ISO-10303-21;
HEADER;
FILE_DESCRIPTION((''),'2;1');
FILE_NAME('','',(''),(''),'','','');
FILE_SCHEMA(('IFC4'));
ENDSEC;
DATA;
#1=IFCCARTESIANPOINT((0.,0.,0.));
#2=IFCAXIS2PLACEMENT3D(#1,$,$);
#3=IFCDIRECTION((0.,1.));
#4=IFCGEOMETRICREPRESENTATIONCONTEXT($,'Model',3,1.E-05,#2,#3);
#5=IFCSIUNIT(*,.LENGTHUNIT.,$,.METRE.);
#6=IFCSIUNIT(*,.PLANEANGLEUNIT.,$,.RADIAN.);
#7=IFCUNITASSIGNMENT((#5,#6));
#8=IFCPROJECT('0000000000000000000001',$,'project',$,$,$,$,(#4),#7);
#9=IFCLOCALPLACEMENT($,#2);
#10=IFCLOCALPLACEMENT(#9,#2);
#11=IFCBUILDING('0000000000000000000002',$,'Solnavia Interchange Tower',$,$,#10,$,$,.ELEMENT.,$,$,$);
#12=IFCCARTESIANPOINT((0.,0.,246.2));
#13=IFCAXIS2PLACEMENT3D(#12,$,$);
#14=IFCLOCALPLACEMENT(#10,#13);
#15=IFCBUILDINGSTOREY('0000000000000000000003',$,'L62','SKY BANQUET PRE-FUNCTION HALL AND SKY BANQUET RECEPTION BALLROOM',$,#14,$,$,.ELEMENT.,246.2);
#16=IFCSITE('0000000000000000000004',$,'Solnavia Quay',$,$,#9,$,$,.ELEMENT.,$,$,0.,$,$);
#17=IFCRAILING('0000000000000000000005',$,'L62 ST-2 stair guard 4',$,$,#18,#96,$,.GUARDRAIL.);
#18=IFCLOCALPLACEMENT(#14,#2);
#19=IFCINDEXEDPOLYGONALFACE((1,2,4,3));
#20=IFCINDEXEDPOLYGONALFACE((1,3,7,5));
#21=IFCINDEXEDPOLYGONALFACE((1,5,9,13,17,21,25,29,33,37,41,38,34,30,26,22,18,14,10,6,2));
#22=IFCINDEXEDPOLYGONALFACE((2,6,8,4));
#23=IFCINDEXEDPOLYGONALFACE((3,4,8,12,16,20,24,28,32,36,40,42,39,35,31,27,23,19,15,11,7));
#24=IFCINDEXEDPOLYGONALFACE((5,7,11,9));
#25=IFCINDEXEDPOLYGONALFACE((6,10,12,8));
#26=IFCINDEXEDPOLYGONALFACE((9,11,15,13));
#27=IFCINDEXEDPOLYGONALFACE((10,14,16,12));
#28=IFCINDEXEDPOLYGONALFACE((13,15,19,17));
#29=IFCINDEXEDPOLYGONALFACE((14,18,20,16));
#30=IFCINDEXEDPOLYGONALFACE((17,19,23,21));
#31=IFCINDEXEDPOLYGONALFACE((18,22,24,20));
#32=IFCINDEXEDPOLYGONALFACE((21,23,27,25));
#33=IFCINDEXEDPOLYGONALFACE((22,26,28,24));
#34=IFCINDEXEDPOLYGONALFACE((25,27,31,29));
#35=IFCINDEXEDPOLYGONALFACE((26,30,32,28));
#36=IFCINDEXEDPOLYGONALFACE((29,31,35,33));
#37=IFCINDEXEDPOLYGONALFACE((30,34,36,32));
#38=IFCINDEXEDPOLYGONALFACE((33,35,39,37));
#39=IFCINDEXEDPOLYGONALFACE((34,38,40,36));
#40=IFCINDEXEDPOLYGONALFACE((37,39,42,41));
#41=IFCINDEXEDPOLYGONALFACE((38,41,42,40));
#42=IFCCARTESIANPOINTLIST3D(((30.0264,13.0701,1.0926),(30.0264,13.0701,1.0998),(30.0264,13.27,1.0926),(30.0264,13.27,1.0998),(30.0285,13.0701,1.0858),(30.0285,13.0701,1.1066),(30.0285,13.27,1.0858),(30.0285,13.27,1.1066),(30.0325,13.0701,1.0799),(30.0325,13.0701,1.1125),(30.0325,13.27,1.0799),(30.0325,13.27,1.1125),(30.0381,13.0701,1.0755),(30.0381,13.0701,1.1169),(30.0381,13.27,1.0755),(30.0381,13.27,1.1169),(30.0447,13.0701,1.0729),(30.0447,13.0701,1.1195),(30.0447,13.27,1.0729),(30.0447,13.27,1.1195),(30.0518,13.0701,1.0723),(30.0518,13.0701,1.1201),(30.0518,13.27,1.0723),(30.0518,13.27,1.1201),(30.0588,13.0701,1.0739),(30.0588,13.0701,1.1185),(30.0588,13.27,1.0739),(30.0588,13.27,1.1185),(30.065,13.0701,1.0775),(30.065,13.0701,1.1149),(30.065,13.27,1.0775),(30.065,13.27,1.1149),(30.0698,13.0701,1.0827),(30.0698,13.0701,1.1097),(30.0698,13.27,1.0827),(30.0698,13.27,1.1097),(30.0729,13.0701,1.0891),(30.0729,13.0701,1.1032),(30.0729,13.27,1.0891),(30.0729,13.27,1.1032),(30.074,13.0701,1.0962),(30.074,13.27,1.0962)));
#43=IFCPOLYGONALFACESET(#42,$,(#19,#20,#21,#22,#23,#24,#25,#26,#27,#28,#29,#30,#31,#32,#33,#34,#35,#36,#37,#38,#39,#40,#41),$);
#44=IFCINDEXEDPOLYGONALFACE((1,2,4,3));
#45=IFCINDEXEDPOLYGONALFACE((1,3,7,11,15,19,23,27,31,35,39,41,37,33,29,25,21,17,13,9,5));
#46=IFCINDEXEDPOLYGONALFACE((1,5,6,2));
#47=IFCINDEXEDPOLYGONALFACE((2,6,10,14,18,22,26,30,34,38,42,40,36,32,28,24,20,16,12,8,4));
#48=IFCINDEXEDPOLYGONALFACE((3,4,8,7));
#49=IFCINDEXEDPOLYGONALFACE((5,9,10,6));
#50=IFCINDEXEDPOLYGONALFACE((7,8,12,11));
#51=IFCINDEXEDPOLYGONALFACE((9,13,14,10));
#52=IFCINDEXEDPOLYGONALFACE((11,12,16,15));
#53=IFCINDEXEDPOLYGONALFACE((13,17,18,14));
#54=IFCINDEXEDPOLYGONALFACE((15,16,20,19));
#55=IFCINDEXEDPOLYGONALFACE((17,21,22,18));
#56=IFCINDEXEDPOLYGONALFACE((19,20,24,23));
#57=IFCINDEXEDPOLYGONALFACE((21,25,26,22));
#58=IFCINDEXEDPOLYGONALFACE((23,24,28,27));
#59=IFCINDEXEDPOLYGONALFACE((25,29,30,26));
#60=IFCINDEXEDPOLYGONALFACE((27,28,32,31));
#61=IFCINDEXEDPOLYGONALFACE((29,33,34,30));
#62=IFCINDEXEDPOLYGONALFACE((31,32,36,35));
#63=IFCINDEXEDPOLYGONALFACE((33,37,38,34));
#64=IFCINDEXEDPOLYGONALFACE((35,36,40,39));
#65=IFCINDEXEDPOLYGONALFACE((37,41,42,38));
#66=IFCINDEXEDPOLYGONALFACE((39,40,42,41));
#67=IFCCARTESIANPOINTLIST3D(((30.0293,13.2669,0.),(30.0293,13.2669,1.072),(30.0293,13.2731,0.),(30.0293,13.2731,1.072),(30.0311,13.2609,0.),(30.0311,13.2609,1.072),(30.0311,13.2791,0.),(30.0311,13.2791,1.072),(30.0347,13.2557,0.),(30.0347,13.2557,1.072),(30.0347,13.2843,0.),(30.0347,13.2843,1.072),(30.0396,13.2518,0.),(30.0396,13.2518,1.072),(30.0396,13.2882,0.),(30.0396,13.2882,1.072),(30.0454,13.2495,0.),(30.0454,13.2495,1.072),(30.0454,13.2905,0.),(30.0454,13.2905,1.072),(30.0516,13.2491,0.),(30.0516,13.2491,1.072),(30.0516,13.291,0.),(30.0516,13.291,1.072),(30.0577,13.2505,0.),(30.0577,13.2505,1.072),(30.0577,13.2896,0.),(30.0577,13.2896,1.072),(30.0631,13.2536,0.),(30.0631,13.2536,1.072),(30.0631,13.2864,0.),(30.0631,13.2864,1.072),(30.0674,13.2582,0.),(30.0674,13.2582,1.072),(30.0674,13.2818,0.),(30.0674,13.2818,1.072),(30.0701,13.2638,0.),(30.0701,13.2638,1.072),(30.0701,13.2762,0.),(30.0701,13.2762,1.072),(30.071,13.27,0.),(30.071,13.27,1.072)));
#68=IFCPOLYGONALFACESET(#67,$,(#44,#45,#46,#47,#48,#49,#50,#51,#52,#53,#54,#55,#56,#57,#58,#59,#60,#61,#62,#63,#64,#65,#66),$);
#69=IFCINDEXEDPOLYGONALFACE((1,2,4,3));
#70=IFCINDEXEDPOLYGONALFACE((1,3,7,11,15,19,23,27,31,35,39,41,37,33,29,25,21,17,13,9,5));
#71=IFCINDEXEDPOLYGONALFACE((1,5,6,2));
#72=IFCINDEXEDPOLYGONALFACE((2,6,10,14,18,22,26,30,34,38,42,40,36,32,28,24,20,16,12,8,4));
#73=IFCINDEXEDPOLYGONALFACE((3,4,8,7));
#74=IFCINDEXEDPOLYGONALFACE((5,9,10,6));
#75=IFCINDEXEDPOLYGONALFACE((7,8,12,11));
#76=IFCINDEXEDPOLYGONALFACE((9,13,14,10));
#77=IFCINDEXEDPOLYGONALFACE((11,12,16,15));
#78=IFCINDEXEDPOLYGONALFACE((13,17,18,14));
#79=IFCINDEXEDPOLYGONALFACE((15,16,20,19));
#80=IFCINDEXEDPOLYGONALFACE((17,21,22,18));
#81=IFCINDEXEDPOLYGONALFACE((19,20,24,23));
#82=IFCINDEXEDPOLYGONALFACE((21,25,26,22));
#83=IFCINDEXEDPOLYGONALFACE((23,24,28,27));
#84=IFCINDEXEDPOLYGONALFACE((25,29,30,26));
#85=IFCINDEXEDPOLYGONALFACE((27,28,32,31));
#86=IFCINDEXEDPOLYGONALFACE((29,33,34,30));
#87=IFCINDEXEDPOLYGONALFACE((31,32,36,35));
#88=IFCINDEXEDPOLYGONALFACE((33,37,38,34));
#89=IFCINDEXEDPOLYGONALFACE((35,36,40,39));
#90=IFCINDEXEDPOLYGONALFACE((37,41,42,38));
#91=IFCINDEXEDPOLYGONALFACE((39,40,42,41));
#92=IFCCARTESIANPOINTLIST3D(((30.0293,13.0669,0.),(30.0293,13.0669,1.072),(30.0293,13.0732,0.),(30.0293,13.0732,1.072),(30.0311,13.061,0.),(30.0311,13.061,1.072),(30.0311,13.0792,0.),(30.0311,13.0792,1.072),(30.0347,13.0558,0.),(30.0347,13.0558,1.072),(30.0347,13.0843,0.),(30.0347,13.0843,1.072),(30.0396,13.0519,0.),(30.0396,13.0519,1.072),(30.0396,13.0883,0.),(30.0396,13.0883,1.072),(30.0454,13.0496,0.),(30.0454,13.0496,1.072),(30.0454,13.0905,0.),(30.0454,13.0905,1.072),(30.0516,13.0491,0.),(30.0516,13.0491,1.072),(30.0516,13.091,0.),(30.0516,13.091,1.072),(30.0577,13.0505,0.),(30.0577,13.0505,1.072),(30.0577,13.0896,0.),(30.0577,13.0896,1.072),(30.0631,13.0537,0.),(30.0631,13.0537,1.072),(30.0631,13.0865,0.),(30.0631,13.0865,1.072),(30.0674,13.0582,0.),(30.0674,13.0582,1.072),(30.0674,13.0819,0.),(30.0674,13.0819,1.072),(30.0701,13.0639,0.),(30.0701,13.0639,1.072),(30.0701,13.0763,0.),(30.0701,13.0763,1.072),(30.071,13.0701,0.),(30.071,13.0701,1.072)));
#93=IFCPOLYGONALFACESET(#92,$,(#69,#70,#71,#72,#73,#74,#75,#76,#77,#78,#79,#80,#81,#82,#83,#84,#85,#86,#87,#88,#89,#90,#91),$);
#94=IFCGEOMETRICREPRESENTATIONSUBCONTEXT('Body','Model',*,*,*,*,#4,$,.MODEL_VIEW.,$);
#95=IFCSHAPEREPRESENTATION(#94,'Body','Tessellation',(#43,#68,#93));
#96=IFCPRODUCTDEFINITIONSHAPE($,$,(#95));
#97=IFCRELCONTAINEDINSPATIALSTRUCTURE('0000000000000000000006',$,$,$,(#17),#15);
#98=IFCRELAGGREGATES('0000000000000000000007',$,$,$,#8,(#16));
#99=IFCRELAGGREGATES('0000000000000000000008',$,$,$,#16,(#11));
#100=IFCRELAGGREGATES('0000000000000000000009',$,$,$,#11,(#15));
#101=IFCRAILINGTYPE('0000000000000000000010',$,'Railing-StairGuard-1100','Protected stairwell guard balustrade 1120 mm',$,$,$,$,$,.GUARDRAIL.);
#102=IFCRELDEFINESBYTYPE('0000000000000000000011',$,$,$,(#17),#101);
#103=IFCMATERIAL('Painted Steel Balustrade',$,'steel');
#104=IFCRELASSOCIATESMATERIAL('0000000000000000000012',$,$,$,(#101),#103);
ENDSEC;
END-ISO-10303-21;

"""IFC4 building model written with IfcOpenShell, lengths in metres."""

from ifc_helpers import new_model, si_unit, direction, frame, origin, origin_2d, place, context, subcontext, project, spatial, circle, extrude, material, type_object, element, save


model = new_model("IFC4")

# Units and contexts
model_context = context("Model", 3, precision=1e-05, world=origin(), true_north=direction((0.0, 1.0)))
body_context = subcontext(model_context, "Body", "Model", "MODEL_VIEW")
ifc_project = project(units=[si_unit("LENGTHUNIT", "METRE"), si_unit("PLANEANGLEUNIT", "RADIAN")], contexts=[model_context])

# Site, building, storey
site_placement = place(None, origin())
site = spatial("IfcSite", under=ifc_project, at=site_placement, Name="Solnavia Quay", CompositionType="ELEMENT", RefElevation=0.0)
building_placement = place(site_placement, origin())
building = spatial("IfcBuilding", under=site, at=building_placement, Name="Solnavia Interchange Tower", CompositionType="ELEMENT")
storey_placement = place(building_placement, frame((0.0, 0.0, 246.2)))
storey = spatial("IfcBuildingStorey", under=building, at=storey_placement, Name="L62", Description="SKY BANQUET PRE-FUNCTION HALL AND SKY BANQUET RECEPTION BALLROOM", CompositionType="ELEMENT", Elevation=246.2)

# Railing
ifc_material_1 = material(Name="Painted Steel Balustrade", Category="steel")
railing_type_1 = type_object("IfcRailingType", Name="Railing-StairGuard-1100", Description="Protected stairwell guard balustrade 1120 mm", PredefinedType="GUARDRAIL", material=ifc_material_1)
railing_1_placement = place(storey_placement, frame((30.05, 13.27, 0.0)))
element("IfcRailing", 1, at=railing_1_placement, inside=storey, type_object=railing_type_1, Name="L62 ST-2 stair guard 4", PredefinedType="GUARDRAIL", context=body_context, shape_type="SweptSolid", body=[
    extrude(circle(Radius=0.0239, at=origin_2d()), frame((0.0, 0.0, 1.0962), z_axis=(0.0, -1.0, 0.0), x_axis=(1.0, 0.0, 0.0)), (0.0, 0.0, 1.0), 0.2),
    extrude(circle(Radius=0.021, at=origin_2d()), origin(), (0.0, 0.0, 1.0), 1.072),
    extrude(circle(Radius=0.021, at=origin_2d()), frame((0.0, -0.2, 0.0)), (0.0, 0.0, 1.0), 1.072),
])

save(model, "model.ifc")
